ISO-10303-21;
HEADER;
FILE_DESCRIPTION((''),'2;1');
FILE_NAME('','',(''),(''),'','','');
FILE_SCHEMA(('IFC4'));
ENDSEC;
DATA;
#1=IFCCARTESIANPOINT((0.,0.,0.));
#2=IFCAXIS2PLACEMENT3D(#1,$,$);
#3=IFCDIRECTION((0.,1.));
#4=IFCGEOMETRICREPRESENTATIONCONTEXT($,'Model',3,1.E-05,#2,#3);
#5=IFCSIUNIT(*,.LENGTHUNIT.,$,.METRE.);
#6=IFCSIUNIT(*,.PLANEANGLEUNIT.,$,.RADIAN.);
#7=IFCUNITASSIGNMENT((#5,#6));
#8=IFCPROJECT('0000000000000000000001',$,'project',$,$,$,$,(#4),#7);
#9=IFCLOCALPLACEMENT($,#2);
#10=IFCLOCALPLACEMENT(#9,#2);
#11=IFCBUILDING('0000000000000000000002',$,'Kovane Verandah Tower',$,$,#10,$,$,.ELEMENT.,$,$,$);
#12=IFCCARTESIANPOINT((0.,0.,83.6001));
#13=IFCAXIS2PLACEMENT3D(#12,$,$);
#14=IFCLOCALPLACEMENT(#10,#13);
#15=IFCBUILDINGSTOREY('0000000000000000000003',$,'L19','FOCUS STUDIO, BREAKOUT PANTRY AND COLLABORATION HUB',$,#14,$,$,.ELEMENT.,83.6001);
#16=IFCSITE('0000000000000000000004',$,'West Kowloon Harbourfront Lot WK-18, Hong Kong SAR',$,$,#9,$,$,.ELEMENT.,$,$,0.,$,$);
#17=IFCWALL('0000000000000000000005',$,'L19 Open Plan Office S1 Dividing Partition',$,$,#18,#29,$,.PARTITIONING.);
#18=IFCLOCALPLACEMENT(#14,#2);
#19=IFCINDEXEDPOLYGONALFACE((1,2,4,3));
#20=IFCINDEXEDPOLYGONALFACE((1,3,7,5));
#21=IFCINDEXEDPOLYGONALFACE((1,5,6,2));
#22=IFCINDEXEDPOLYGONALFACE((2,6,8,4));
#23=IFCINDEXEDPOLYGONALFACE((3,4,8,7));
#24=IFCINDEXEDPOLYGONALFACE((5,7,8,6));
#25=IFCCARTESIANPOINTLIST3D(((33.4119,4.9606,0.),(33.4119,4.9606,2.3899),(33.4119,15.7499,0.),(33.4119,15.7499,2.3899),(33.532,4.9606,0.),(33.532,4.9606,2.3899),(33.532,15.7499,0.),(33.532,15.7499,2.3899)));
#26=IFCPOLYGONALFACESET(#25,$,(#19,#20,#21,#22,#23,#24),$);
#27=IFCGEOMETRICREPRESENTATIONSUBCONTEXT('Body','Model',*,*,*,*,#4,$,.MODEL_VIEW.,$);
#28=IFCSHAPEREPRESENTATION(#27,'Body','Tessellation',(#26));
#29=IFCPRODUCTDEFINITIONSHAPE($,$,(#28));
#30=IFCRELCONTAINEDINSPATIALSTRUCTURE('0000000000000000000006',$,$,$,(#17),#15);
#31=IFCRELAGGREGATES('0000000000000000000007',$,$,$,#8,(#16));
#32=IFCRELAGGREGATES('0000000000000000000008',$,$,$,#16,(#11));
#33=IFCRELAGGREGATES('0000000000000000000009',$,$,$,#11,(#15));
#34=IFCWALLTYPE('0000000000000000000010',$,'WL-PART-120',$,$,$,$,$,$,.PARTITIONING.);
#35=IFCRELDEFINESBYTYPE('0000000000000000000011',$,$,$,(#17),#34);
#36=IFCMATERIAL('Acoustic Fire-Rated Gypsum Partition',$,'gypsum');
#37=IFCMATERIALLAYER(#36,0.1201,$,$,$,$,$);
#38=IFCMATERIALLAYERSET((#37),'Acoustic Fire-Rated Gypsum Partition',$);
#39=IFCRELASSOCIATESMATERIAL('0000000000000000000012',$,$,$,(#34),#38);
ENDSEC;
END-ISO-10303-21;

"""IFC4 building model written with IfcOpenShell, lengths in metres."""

from ifc_helpers import new_model, si_unit, direction, frame, frame_2d, origin, place, context, subcontext, project, spatial, rectangle, extrude, material, layer, layer_set, type_object, element, save


model = new_model("IFC4")

# Units and contexts
model_context = context("Model", 3, precision=1e-05, world=origin(), true_north=direction((0.0, 1.0)))
body_context = subcontext(model_context, "Body", "Model", "MODEL_VIEW")
ifc_project = project(units=[si_unit("LENGTHUNIT", "METRE"), si_unit("PLANEANGLEUNIT", "RADIAN")], contexts=[model_context])

# Site, building, storey
site_placement = place(None, origin())
site = spatial("IfcSite", under=ifc_project, at=site_placement, Name="West Kowloon Harbourfront Lot WK-18, Hong Kong SAR", CompositionType="ELEMENT", RefElevation=0.0)
building_placement = place(site_placement, origin())
building = spatial("IfcBuilding", under=site, at=building_placement, Name="Kovane Verandah Tower", CompositionType="ELEMENT")
storey_placement = place(building_placement, frame((0.0, 0.0, 83.6001)))
storey = spatial("IfcBuildingStorey", under=building, at=storey_placement, Name="L19", Description="FOCUS STUDIO, BREAKOUT PANTRY AND COLLABORATION HUB", CompositionType="ELEMENT", Elevation=83.6001)

# Wall
ifc_material_1 = material(Name="Acoustic Fire-Rated Gypsum Partition", Category="gypsum")
ifc_layer_1 = layer(ifc_material_1, 0.1201)
ifc_layer_set_1 = layer_set([ifc_layer_1], Name="Acoustic Fire-Rated Gypsum Partition")
wall_type_1 = type_object("IfcWallType", Name="WL-PART-120", PredefinedType="PARTITIONING", material=ifc_layer_set_1)
wall_1_placement = place(storey_placement, frame((33.4719, 4.9607, 0.0), z_axis=(0.0, 0.0, 1.0), x_axis=(0.0, 1.0, 0.0)))
element("IfcWall", 1, at=wall_1_placement, inside=storey, type_object=wall_type_1, Name="L19 Open Plan Office S1 Dividing Partition", PredefinedType="PARTITIONING", context=body_context, shape_type="SweptSolid", body=[
    extrude(rectangle(XDim=10.7893, YDim=0.1201, at=frame_2d((5.3945, 0.0))), origin(), (0.0, 0.0, 1.0), 2.3899),
])

save(model, "model.ifc")
